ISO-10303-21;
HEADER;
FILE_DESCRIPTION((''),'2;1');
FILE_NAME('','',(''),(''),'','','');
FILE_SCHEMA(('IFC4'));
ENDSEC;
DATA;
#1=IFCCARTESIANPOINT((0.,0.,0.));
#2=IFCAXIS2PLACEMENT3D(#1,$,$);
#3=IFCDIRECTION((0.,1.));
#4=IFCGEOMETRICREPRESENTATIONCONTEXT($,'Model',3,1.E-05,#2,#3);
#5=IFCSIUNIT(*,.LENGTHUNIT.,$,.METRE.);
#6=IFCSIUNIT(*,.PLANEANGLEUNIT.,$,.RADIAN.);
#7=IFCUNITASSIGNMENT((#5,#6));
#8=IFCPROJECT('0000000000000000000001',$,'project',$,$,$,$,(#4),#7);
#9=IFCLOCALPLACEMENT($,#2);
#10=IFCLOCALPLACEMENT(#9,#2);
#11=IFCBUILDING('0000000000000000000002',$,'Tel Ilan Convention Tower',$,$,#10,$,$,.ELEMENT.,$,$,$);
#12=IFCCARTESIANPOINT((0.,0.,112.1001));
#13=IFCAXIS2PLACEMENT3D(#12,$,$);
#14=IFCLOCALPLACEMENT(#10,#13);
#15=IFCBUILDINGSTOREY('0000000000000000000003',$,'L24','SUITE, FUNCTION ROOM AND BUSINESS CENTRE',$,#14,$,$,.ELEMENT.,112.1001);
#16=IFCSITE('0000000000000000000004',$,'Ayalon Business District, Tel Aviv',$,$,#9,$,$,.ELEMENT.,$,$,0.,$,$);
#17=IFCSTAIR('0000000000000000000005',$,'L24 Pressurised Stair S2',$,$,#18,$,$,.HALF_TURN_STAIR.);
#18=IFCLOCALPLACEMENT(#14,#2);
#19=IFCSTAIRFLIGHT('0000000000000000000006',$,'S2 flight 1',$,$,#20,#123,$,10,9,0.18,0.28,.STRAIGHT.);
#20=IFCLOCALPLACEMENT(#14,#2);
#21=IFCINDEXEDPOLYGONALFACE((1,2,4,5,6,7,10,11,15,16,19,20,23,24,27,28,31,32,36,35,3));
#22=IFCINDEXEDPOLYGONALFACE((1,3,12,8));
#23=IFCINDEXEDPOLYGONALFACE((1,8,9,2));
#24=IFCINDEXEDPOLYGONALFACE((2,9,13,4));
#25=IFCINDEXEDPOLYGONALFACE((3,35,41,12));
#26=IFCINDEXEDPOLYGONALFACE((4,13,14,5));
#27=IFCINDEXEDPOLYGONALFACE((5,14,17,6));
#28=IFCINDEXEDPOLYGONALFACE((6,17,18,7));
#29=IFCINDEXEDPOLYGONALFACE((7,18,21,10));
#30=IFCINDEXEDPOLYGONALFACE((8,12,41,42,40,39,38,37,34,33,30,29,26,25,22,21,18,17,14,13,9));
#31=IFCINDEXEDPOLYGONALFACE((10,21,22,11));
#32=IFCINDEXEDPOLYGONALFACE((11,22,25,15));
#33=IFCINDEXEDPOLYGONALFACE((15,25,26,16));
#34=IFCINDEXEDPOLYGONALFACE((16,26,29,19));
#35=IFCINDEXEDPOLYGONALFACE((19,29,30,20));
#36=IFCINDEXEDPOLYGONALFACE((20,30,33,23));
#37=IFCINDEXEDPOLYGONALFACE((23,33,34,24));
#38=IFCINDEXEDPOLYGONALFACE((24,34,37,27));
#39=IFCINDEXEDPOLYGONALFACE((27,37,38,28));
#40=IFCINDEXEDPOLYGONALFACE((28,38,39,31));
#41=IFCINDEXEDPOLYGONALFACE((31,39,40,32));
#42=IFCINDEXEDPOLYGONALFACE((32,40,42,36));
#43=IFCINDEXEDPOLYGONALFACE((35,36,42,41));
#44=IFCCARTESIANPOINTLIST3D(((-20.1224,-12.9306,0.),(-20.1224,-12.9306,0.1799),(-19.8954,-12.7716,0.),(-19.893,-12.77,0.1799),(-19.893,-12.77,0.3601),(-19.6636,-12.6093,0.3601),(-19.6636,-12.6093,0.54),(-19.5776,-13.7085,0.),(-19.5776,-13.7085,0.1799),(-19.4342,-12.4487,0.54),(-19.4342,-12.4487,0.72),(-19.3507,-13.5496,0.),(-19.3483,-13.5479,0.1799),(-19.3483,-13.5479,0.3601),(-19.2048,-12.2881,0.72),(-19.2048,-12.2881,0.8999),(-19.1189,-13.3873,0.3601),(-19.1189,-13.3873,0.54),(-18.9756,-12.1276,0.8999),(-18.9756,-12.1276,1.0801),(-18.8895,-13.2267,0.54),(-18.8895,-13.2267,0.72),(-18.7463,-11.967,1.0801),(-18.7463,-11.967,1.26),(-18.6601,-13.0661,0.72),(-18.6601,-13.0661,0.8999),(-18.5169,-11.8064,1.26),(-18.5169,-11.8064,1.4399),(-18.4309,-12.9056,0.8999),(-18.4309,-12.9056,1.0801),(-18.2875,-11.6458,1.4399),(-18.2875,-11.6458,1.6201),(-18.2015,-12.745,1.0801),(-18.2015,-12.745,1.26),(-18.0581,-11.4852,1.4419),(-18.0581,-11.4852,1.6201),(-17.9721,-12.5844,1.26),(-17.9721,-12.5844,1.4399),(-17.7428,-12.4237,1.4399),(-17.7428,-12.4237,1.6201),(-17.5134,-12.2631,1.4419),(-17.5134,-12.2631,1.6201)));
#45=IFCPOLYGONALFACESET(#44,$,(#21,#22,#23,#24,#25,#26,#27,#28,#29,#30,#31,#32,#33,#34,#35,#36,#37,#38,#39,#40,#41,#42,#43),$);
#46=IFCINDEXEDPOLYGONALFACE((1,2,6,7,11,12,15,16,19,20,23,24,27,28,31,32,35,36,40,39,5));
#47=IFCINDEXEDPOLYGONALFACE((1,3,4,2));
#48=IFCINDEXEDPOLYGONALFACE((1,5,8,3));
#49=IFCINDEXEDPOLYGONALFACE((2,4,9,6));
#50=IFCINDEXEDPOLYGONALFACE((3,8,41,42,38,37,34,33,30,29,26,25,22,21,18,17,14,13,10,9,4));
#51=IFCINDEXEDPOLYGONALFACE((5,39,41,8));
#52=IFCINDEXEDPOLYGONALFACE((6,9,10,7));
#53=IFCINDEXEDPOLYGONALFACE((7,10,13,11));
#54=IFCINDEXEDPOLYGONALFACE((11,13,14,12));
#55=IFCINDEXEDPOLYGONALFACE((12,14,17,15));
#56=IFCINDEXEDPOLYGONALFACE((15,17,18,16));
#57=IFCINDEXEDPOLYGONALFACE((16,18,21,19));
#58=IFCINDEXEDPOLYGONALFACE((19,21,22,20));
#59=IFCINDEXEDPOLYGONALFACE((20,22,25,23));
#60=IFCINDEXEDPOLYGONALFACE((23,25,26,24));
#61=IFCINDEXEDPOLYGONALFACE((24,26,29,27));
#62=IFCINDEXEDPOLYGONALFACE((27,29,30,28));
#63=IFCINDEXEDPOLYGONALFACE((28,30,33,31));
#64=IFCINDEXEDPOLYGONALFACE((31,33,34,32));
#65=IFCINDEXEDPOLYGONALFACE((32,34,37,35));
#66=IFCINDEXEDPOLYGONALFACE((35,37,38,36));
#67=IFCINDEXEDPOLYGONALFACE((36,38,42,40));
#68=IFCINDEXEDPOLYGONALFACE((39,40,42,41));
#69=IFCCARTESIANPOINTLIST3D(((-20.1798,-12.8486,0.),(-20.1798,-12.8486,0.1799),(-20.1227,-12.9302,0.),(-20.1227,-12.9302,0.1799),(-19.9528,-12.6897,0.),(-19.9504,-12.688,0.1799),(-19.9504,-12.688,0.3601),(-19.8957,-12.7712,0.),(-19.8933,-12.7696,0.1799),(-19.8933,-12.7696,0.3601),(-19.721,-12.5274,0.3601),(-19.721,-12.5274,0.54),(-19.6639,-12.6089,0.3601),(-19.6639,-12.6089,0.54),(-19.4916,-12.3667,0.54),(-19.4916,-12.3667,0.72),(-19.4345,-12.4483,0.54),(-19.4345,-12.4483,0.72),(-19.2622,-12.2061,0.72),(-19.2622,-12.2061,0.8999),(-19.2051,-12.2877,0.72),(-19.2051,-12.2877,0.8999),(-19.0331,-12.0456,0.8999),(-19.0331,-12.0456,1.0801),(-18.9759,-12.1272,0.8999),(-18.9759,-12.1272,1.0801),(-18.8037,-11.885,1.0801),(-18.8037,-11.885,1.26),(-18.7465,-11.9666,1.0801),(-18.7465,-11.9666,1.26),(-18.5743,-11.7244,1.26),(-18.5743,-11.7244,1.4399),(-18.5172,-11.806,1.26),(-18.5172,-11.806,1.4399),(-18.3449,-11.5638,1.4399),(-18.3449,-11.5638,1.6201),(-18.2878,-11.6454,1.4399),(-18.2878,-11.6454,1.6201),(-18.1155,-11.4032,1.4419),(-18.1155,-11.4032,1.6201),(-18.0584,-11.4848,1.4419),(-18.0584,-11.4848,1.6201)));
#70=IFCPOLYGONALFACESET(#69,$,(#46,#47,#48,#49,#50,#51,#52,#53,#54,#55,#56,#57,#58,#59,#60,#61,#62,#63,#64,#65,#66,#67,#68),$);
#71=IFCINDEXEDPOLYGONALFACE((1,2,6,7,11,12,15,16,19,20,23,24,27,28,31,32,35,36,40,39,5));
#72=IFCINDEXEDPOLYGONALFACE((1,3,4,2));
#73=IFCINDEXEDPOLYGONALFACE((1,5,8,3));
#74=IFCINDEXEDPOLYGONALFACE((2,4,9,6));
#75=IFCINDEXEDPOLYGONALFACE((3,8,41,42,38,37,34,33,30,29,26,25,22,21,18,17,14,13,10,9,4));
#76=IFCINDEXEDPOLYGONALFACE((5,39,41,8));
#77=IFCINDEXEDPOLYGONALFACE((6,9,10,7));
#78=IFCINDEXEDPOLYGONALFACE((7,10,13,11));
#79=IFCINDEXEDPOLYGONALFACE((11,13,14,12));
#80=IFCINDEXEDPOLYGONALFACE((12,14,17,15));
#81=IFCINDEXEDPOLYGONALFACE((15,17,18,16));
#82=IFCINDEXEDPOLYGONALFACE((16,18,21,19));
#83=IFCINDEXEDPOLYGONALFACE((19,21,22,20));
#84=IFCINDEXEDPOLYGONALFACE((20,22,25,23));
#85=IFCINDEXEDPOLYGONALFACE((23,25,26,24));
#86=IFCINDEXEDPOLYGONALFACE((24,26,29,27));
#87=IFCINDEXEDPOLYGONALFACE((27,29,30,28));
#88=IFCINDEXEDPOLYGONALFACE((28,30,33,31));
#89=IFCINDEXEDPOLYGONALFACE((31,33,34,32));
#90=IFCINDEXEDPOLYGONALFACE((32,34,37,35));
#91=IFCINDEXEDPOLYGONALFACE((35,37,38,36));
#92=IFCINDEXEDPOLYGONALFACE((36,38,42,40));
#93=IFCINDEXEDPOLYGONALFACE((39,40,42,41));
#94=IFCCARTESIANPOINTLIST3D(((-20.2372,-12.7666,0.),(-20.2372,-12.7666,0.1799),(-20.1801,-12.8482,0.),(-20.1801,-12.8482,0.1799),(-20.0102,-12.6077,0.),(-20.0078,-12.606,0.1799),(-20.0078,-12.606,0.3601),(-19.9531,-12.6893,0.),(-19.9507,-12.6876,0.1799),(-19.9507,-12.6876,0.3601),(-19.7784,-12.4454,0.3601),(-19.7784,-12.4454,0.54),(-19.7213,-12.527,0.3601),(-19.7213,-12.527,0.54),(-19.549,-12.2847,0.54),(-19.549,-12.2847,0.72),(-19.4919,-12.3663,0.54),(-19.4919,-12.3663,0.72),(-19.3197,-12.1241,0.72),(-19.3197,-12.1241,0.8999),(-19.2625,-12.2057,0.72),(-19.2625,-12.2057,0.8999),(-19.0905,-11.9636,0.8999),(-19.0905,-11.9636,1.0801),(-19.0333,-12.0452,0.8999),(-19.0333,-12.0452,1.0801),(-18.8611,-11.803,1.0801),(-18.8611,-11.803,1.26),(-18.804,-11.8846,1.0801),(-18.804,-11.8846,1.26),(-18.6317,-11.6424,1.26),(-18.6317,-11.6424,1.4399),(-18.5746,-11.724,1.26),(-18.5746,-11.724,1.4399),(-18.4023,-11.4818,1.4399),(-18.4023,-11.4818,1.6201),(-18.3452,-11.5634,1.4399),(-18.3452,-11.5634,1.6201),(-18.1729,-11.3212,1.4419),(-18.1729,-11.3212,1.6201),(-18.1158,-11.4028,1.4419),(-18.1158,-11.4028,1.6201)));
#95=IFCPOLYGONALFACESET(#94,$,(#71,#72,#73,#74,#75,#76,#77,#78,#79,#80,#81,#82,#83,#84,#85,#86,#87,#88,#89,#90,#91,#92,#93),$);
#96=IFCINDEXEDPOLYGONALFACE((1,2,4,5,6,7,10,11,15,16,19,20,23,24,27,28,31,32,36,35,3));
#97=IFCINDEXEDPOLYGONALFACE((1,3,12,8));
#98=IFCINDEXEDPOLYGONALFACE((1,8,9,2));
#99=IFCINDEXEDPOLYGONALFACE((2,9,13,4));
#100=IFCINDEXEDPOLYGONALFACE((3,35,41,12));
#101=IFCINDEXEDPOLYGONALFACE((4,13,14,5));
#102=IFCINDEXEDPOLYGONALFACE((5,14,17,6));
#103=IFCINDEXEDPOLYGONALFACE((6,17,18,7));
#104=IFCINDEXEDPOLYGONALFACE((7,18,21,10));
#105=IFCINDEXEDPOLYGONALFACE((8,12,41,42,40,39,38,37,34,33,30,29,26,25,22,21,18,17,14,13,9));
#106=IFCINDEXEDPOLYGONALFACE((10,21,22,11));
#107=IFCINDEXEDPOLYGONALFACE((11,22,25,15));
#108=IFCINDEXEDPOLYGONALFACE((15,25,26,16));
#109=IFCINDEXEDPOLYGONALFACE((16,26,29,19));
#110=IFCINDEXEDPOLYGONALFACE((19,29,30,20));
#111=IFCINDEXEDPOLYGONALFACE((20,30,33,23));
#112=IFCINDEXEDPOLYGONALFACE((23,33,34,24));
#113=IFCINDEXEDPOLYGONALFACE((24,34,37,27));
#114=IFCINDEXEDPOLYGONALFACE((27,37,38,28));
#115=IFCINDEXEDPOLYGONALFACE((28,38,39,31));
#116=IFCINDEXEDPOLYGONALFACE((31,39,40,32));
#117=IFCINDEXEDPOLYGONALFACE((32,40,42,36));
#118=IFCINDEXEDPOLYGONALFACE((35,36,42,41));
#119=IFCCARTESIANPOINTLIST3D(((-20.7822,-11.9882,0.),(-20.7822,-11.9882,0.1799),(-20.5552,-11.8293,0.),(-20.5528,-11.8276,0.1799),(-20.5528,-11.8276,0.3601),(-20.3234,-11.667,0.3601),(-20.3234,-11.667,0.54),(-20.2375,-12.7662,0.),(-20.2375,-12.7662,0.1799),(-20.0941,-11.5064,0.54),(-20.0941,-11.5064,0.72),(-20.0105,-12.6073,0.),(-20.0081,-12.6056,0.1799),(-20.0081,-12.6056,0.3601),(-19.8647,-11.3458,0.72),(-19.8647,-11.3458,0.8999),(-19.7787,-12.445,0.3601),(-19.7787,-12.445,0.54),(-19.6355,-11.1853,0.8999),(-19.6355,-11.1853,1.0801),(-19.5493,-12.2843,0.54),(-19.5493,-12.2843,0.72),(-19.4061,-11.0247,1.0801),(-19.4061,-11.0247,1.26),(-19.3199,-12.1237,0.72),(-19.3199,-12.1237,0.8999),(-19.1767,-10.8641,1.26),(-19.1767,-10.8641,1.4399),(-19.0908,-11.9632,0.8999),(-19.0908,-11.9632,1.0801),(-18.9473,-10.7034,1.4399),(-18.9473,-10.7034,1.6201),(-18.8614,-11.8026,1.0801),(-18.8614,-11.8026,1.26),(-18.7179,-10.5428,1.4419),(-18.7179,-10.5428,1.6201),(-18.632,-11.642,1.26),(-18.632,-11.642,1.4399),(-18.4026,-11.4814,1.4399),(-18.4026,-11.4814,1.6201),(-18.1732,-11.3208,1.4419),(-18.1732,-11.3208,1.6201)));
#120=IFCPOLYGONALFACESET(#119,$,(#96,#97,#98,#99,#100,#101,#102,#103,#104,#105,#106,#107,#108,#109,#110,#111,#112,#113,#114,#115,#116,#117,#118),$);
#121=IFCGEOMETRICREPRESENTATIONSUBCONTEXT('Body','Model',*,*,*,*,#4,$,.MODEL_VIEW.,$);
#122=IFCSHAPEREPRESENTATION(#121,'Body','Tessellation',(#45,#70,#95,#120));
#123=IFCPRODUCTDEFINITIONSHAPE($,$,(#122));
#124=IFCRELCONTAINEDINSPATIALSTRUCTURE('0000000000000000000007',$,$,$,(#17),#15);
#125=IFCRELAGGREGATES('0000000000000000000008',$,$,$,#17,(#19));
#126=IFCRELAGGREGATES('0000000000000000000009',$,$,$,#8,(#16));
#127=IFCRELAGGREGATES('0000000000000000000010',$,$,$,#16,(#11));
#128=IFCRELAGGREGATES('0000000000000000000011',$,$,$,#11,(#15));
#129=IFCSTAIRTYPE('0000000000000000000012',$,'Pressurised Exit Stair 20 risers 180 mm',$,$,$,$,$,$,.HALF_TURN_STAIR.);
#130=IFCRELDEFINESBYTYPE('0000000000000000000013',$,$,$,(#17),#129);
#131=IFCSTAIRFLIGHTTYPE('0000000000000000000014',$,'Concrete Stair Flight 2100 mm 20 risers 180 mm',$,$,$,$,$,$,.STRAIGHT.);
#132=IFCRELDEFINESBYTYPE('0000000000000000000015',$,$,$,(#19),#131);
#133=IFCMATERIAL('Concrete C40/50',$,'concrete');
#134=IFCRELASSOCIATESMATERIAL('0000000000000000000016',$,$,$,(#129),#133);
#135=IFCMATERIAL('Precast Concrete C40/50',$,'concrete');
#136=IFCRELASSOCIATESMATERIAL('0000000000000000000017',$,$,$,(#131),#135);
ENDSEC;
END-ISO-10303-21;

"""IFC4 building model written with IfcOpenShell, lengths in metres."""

from ifc_helpers import new_model, si_unit, direction, frame, origin, place, context, subcontext, project, spatial, polyline, outline, extrude, material, type_object, element, aggregate, save


model = new_model("IFC4")

# Units and contexts
model_context = context("Model", 3, precision=1e-05, world=origin(), true_north=direction((0.0, 1.0)))
body_context = subcontext(model_context, "Body", "Model", "MODEL_VIEW")
ifc_project = project(units=[si_unit("LENGTHUNIT", "METRE"), si_unit("PLANEANGLEUNIT", "RADIAN")], contexts=[model_context])

# Site, building, storey
site_placement = place(None, origin())
site = spatial("IfcSite", under=ifc_project, at=site_placement, Name="Ayalon Business District, Tel Aviv", CompositionType="ELEMENT", RefElevation=0.0)
building_placement = place(site_placement, origin())
building = spatial("IfcBuilding", under=site, at=building_placement, Name="Tel Ilan Convention Tower", CompositionType="ELEMENT")
storey_placement = place(building_placement, frame((0.0, 0.0, 112.1001)))
storey = spatial("IfcBuildingStorey", under=building, at=storey_placement, Name="L24", Description="SUITE, FUNCTION ROOM AND BUSINESS CENTRE", CompositionType="ELEMENT", Elevation=112.1001)

# Shared definitions
ifc_material_1 = material(Name="Concrete C40/50", Category="concrete")
stair_type = type_object("IfcStairType", Name="Pressurised Exit Stair 20 risers 180 mm", PredefinedType="HALF_TURN_STAIR", material=ifc_material_1)
ifc_material_2 = material(Name="Precast Concrete C40/50", Category="concrete")
stair_flight_type = type_object("IfcStairFlightType", Name="Concrete Stair Flight 2100 mm 20 risers 180 mm", PredefinedType="STRAIGHT", material=ifc_material_2)

# Stair, stair flight
stair_1_placement = place(storey_placement, origin())
stair_1 = element("IfcStair", 1, at=stair_1_placement, inside=storey, type_object=stair_type, Name="L24 Pressurised Stair S2", PredefinedType="HALF_TURN_STAIR")
stair_flight_1_placement = place(storey_placement, frame((-20.1799, -12.8484, 0.0), z_axis=(0.0, 0.0, 1.0), x_axis=(0.819152, 0.573576, 0.0)))
stair_flight_1 = element("IfcStairFlight", 2, at=stair_flight_1_placement, type_object=stair_flight_type, Name="S2 flight 1", NumberOfRisers=10, NumberOfTreads=9, PredefinedType="STRAIGHT", RiserHeight=0.18, TreadLength=0.28, context=body_context, shape_type="SweptSolid", body=[
    extrude(outline(polyline([(0.0, 0.0), (0.0, 0.1799), (0.28, 0.1799), (0.28, 0.3601), (0.5601, 0.3601), (0.5601, 0.54), (0.8401, 0.54), (0.8401, 0.72), (1.1201, 0.72), (1.1201, 0.8999), (1.3999, 0.8999), (1.3999, 1.0801), (1.6799, 1.0801), (1.6799, 1.26), (1.96, 1.26), (1.96, 1.4399), (2.24, 1.4399), (2.24, 1.6201), (2.52, 1.6201), (2.52, 1.8), (2.52, 1.4419), (0.2771, 0.0), (0.0, 0.0)])), frame((0.0, -0.1003, 0.0), z_axis=(0.0, -1.0, 0.0), x_axis=(1.0, 0.0, 0.0)), (0.0, 0.0, 1.0), 0.9497),
    extrude(outline(polyline([(0.0, 0.0), (0.0, 0.1799), (0.28, 0.1799), (0.28, 0.3601), (0.5601, 0.3601), (0.5601, 0.54), (0.8401, 0.54), (0.8401, 0.72), (1.1201, 0.72), (1.1201, 0.8999), (1.3999, 0.8999), (1.3999, 1.0801), (1.6799, 1.0801), (1.6799, 1.26), (1.96, 1.26), (1.96, 1.4399), (2.24, 1.4399), (2.24, 1.6201), (2.52, 1.6201), (2.52, 1.8), (2.52, 1.4419), (0.2771, 0.0), (0.0, 0.0)])), frame((0.0, -0.0002, 0.0), z_axis=(0.0, -1.0, 0.0), x_axis=(1.0, 0.0, 0.0)), (0.0, 0.0, 1.0), 0.0996),
    extrude(outline(polyline([(0.0, 0.0), (0.0, 0.1799), (0.28, 0.1799), (0.28, 0.3601), (0.5601, 0.3601), (0.5601, 0.54), (0.8401, 0.54), (0.8401, 0.72), (1.1201, 0.72), (1.1201, 0.8999), (1.3999, 0.8999), (1.3999, 1.0801), (1.6799, 1.0801), (1.6799, 1.26), (1.96, 1.26), (1.96, 1.4399), (2.24, 1.4399), (2.24, 1.6201), (2.52, 1.6201), (2.52, 1.8), (2.52, 1.4419), (0.2771, 0.0), (0.0, 0.0)])), frame((0.0, 0.0999, 0.0), z_axis=(0.0, -1.0, 0.0), x_axis=(1.0, 0.0, 0.0)), (0.0, 0.0, 1.0), 0.0996),
    extrude(outline(polyline([(0.0, 0.0), (0.0, 0.1799), (0.28, 0.1799), (0.28, 0.3601), (0.5601, 0.3601), (0.5601, 0.54), (0.8401, 0.54), (0.8401, 0.72), (1.1201, 0.72), (1.1201, 0.8999), (1.3999, 0.8999), (1.3999, 1.0801), (1.6799, 1.0801), (1.6799, 1.26), (1.96, 1.26), (1.96, 1.4399), (2.24, 1.4399), (2.24, 1.6201), (2.52, 1.6201), (2.52, 1.8), (2.52, 1.4419), (0.2771, 0.0), (0.0, 0.0)])), frame((0.0, 1.05, 0.0), z_axis=(0.0, -1.0, 0.0), x_axis=(1.0, 0.0, 0.0)), (0.0, 0.0, 1.0), 0.9497),
])
aggregate(stair_1, [stair_flight_1])

save(model, "model.ifc")
